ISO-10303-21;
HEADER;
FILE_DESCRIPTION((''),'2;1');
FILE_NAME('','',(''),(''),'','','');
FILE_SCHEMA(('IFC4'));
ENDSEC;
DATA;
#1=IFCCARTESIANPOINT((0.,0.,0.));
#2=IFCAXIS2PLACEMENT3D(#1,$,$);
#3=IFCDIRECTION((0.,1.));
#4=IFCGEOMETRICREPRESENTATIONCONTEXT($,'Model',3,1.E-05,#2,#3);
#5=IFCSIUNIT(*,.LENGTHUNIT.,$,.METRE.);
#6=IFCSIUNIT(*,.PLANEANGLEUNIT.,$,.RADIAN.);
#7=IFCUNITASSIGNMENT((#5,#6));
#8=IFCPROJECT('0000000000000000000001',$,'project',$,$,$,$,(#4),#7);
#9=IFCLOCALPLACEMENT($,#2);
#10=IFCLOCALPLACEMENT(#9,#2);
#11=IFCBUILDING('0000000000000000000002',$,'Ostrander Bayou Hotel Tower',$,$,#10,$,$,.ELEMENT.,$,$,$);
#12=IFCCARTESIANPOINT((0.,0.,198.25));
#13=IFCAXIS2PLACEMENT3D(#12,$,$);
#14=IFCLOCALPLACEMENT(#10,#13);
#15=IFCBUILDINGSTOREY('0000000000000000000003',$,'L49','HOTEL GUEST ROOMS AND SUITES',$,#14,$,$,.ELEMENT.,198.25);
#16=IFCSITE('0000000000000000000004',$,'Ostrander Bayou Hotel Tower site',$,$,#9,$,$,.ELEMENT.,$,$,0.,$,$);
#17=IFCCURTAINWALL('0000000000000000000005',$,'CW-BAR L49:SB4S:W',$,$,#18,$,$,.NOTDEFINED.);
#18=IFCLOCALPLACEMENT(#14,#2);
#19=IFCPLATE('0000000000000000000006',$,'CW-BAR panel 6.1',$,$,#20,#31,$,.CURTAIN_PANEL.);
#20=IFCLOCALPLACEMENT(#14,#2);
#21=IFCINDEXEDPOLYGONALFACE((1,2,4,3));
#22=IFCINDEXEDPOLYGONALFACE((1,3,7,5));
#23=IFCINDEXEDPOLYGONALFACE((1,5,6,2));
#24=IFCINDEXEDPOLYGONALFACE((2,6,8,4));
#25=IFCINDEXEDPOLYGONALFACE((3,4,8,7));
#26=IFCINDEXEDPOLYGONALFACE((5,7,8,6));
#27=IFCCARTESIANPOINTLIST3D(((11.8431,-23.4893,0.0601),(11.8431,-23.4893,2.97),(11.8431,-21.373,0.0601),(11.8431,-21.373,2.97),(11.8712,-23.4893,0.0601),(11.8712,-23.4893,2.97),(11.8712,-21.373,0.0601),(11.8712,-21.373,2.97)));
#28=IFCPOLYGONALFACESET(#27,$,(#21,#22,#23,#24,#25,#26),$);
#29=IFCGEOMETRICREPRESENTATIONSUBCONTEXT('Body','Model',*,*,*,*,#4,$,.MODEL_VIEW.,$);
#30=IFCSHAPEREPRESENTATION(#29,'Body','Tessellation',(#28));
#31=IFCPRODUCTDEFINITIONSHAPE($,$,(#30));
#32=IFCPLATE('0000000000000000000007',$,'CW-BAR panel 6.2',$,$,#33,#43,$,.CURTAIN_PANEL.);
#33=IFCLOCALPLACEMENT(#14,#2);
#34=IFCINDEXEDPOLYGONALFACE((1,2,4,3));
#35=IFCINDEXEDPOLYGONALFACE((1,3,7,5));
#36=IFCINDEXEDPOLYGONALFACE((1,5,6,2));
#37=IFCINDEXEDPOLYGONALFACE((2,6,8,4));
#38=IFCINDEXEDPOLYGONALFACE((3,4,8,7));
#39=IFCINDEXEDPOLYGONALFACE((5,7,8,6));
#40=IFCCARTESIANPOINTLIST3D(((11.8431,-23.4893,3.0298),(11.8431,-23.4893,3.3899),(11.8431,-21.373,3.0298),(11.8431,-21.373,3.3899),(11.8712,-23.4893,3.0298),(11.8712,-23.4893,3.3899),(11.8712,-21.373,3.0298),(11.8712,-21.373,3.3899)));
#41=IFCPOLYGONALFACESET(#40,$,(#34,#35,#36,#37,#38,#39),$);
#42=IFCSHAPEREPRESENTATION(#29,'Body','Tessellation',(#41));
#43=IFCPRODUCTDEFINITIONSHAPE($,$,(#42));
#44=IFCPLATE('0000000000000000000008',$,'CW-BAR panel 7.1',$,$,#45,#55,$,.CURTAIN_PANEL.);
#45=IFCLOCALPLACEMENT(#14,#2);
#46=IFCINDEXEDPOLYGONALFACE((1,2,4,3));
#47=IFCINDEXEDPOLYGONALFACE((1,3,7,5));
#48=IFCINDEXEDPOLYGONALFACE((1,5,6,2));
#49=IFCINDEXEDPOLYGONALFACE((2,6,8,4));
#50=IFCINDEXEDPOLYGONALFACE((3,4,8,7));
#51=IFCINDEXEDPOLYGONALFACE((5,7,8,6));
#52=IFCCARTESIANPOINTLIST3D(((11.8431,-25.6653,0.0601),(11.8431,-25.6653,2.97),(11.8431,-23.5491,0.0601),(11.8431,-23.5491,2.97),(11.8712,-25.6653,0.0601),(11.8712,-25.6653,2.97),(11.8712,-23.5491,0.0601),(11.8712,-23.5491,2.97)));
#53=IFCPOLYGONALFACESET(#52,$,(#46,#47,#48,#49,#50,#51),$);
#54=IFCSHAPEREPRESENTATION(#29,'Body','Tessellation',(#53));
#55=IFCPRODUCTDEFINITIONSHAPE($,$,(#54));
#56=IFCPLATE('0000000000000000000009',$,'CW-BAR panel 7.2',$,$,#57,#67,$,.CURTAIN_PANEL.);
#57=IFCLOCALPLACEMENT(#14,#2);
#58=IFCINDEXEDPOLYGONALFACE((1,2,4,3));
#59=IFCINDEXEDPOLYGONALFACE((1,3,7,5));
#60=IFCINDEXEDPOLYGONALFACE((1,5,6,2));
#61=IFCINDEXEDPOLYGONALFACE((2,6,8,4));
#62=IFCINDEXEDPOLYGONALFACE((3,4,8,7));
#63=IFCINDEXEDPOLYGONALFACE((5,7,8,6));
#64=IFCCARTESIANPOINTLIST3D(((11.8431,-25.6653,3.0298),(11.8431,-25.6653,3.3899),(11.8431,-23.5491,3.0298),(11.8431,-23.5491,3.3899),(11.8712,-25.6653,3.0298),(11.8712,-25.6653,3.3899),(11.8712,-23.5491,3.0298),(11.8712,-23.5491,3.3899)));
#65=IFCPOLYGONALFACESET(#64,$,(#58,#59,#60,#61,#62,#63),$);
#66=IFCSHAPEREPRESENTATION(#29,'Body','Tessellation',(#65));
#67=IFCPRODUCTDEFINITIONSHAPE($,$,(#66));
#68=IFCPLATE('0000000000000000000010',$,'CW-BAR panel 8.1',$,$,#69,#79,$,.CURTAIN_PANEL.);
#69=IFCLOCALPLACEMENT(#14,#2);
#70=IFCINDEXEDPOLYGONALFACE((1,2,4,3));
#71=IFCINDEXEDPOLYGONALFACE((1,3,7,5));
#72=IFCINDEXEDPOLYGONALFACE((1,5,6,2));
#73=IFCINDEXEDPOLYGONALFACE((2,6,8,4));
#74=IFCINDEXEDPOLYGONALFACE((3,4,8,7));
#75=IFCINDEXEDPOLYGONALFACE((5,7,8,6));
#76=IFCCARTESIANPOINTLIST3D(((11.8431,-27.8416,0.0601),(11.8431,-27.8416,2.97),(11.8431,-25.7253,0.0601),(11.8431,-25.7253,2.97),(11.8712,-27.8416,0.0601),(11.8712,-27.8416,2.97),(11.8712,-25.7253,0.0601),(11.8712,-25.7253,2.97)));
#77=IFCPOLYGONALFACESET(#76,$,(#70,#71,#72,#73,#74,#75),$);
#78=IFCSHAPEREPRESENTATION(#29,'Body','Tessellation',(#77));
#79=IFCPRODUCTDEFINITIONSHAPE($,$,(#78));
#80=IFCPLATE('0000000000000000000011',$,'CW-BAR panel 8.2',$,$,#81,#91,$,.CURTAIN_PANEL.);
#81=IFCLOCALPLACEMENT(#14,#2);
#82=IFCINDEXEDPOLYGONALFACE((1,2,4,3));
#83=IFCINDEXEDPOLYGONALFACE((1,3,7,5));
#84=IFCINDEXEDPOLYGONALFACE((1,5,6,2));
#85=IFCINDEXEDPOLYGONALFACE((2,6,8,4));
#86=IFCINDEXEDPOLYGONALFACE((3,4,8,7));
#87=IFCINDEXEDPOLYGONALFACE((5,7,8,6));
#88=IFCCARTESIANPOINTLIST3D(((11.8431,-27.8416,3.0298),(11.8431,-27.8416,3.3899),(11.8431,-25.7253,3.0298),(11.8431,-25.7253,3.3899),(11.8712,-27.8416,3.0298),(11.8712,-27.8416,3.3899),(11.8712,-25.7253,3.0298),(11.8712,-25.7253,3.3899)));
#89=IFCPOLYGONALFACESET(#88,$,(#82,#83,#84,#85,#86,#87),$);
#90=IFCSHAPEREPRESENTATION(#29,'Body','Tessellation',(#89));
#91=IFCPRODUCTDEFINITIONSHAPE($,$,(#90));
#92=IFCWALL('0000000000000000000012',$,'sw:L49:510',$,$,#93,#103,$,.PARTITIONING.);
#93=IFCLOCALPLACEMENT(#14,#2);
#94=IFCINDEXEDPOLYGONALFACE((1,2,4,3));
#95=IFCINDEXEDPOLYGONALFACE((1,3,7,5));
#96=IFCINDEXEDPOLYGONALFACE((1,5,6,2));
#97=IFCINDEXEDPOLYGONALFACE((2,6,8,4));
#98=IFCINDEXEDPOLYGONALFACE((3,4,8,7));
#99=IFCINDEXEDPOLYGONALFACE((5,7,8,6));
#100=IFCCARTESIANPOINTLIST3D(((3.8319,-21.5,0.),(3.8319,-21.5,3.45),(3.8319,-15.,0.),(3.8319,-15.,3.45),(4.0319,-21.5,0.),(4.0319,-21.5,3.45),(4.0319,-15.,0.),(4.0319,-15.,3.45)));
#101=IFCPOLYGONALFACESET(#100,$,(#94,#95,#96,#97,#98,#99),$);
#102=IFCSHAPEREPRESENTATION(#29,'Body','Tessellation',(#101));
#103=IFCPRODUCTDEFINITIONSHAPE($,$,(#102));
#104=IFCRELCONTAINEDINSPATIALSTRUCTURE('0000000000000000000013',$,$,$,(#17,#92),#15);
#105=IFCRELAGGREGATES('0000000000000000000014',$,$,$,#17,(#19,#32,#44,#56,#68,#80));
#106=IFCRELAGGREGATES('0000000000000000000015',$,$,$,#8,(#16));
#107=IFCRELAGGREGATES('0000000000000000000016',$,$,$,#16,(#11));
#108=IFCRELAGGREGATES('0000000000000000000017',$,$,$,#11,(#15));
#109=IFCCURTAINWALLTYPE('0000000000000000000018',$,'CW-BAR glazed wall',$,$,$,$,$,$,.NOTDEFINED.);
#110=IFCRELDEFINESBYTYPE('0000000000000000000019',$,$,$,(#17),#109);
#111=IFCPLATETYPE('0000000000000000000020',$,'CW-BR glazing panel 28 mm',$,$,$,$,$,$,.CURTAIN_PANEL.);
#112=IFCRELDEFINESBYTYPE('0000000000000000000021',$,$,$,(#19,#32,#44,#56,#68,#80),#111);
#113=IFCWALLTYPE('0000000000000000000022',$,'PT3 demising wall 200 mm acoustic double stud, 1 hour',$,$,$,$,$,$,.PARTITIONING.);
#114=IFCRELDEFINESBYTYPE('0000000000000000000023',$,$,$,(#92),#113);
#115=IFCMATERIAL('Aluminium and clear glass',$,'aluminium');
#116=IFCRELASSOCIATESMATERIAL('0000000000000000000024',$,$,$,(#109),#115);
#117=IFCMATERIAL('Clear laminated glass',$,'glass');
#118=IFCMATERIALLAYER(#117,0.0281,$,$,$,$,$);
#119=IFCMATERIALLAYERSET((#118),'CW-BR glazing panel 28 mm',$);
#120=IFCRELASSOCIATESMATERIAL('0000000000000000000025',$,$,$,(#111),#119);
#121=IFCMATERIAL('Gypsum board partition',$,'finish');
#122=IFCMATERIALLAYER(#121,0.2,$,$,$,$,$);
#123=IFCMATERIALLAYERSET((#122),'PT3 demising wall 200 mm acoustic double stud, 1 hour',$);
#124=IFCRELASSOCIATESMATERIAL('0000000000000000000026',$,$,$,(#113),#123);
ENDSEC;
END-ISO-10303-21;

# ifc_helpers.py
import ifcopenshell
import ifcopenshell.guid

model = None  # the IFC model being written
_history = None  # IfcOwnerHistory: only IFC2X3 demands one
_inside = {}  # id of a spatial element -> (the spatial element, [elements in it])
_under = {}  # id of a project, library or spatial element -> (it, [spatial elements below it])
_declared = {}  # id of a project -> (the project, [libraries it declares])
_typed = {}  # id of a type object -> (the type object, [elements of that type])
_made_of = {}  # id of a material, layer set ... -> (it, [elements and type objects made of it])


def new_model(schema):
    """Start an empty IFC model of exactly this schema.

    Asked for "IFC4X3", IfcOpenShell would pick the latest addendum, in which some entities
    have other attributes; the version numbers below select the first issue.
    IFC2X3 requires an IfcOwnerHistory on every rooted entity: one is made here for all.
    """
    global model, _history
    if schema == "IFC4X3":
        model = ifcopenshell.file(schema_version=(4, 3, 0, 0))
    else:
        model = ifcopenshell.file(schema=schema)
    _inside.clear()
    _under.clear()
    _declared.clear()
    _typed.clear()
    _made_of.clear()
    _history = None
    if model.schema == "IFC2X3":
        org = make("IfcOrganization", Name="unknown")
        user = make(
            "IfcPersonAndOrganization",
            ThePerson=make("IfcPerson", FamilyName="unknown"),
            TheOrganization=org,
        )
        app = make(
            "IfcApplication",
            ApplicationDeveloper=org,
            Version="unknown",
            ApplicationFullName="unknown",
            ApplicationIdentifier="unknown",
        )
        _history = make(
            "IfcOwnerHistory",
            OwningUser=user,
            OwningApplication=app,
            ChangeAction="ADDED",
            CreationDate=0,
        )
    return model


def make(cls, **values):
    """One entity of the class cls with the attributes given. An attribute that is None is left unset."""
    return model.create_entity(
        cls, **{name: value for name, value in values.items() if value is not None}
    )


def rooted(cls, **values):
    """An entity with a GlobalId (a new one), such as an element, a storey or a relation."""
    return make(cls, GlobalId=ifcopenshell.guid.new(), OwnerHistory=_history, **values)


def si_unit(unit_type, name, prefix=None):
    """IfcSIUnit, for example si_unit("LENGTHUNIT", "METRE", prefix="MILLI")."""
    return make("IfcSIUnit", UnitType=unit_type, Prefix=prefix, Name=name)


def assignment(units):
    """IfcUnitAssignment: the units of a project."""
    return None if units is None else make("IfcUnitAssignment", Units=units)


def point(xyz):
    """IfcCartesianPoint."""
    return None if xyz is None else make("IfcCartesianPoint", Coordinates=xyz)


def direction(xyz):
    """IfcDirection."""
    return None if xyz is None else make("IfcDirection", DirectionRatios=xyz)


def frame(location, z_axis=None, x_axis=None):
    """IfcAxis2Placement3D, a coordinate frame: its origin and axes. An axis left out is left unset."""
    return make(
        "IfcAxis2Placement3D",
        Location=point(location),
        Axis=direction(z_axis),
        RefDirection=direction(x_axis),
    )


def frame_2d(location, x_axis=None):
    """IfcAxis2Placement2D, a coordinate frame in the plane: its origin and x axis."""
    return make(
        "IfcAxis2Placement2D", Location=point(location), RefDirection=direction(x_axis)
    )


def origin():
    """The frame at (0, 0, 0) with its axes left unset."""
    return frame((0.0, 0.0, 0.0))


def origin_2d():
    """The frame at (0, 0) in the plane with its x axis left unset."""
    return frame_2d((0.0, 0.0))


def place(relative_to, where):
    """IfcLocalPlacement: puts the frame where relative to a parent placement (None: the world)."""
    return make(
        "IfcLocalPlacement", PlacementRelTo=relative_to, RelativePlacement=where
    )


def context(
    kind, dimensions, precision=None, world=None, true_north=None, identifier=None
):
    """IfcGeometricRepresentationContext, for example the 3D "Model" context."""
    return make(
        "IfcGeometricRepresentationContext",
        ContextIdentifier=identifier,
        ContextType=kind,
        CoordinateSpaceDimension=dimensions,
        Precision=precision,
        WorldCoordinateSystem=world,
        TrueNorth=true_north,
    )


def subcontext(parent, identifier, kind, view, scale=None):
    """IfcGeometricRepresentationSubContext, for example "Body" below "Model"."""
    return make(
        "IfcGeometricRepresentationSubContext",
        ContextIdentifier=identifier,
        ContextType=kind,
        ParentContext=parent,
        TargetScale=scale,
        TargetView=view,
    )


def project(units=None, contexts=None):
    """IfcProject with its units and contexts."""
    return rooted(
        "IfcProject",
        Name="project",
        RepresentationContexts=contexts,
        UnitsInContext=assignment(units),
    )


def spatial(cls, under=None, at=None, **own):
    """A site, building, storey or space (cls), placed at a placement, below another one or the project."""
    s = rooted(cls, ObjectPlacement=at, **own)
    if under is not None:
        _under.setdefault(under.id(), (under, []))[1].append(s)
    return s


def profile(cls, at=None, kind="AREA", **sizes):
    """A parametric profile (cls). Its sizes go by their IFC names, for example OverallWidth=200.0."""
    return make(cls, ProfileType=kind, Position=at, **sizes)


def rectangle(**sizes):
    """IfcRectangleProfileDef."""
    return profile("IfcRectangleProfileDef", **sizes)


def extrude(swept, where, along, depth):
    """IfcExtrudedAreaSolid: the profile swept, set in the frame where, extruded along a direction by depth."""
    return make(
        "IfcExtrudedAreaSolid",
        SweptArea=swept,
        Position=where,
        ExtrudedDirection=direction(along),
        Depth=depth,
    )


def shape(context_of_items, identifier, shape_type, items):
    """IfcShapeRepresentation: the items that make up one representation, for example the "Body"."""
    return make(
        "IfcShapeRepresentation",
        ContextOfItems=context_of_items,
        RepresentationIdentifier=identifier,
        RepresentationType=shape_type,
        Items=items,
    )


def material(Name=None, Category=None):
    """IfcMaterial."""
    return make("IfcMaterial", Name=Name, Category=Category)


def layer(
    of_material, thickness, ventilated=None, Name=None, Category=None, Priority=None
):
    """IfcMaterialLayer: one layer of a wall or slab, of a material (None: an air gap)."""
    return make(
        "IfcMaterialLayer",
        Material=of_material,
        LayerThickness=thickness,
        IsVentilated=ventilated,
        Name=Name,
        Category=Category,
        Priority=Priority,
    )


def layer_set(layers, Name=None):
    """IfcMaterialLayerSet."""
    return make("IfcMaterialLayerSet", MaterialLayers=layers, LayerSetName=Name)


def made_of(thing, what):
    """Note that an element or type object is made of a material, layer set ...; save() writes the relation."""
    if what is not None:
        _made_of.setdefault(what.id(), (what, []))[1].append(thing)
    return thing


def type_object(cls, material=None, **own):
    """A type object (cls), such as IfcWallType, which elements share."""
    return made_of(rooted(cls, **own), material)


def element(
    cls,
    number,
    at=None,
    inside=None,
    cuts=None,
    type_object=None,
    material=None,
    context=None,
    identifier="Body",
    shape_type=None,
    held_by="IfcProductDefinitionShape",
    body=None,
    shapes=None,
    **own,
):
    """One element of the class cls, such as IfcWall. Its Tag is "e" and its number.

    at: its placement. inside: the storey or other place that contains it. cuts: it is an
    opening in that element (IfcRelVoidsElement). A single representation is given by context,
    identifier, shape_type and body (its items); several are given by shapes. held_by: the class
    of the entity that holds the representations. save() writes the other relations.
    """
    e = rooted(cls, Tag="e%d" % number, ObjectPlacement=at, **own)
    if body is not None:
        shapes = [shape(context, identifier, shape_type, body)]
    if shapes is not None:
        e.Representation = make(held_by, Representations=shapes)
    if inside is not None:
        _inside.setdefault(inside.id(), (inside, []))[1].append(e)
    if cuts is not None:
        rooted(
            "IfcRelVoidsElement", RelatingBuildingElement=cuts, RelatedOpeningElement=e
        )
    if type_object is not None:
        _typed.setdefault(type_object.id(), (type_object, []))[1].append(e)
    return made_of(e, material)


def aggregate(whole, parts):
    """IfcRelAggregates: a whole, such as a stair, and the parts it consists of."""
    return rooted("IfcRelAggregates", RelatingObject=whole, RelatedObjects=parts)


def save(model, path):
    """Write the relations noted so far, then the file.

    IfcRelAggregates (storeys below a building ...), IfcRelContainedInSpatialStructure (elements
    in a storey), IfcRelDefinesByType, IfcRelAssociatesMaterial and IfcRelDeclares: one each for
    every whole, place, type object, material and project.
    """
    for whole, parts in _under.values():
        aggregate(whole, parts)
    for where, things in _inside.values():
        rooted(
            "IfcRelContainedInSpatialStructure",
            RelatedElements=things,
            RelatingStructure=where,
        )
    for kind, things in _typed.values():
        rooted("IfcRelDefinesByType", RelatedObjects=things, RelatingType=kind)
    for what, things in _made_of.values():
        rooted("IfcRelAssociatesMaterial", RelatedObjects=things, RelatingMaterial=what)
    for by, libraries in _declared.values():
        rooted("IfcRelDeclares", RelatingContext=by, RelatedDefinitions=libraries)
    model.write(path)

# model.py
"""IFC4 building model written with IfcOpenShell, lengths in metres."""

from ifc_helpers import new_model, si_unit, direction, frame, frame_2d, origin, origin_2d, place, context, subcontext, project, spatial, rectangle, extrude, material, layer, layer_set, type_object, element, aggregate, save


model = new_model("IFC4")

# Units and contexts
model_context = context("Model", 3, precision=1e-05, world=origin(), true_north=direction((0.0, 1.0)))
body_context = subcontext(model_context, "Body", "Model", "MODEL_VIEW")
ifc_project = project(units=[si_unit("LENGTHUNIT", "METRE"), si_unit("PLANEANGLEUNIT", "RADIAN")], contexts=[model_context])

# Site, building, storey
site_placement = place(None, origin())
site = spatial("IfcSite", under=ifc_project, at=site_placement, Name="Ostrander Bayou Hotel Tower site", CompositionType="ELEMENT", RefElevation=0.0)
building_placement = place(site_placement, origin())
building = spatial("IfcBuilding", under=site, at=building_placement, Name="Ostrander Bayou Hotel Tower", CompositionType="ELEMENT")
storey_placement = place(building_placement, frame((0.0, 0.0, 198.25)))
storey = spatial("IfcBuildingStorey", under=building, at=storey_placement, Name="L49", Description="HOTEL GUEST ROOMS AND SUITES", CompositionType="ELEMENT", Elevation=198.25)

# Curtain wall
ifc_material_1 = material(Name="Aluminium and clear glass", Category="aluminium")
curtain_wall_type = type_object("IfcCurtainWallType", Name="CW-BAR glazed wall", PredefinedType="NOTDEFINED", material=ifc_material_1)
curtain_wall_placement = place(storey_placement, origin())
curtain_wall = element("IfcCurtainWall", 1, at=curtain_wall_placement, inside=storey, type_object=curtain_wall_type, Name="CW-BAR L49:SB4S:W", PredefinedType="NOTDEFINED")

# Plates
ifc_material_2 = material(Name="Clear laminated glass", Category="glass")
ifc_layer_1 = layer(ifc_material_2, 0.0281)
ifc_layer_set_1 = layer_set([ifc_layer_1], Name="CW-BR glazing panel 28 mm")
plate_type = type_object("IfcPlateType", Name="CW-BR glazing panel 28 mm", PredefinedType="CURTAIN_PANEL", material=ifc_layer_set_1)
plate_1_placement = place(storey_placement, frame((11.8572, -22.4312, 0.0601), z_axis=(0.0, 0.0, 1.0), x_axis=(0.0, -1.0, 0.0)))
plate_1 = element("IfcPlate", 2, at=plate_1_placement, type_object=plate_type, Name="CW-BAR panel 6.1", PredefinedType="CURTAIN_PANEL", context=body_context, shape_type="SweptSolid", body=[
    extrude(rectangle(XDim=2.1162, YDim=0.0281, at=origin_2d()), origin(), (0.0, 0.0, 1.0), 2.9099),
])
plate_2_placement = place(storey_placement, frame((11.8572, -22.4312, 3.0298), z_axis=(0.0, 0.0, 1.0), x_axis=(0.0, -1.0, 0.0)))
plate_2 = element("IfcPlate", 3, at=plate_2_placement, type_object=plate_type, Name="CW-BAR panel 6.2", PredefinedType="CURTAIN_PANEL", context=body_context, shape_type="SweptSolid", body=[
    extrude(rectangle(XDim=2.1162, YDim=0.0281, at=origin_2d()), origin(), (0.0, 0.0, 1.0), 0.3601),
])
plate_3_placement = place(storey_placement, frame((11.8572, -24.6072, 0.0601), z_axis=(0.0, 0.0, 1.0), x_axis=(0.0, -1.0, 0.0)))
plate_3 = element("IfcPlate", 4, at=plate_3_placement, type_object=plate_type, Name="CW-BAR panel 7.1", PredefinedType="CURTAIN_PANEL", context=body_context, shape_type="SweptSolid", body=[
    extrude(rectangle(XDim=2.1162, YDim=0.0281, at=origin_2d()), origin(), (0.0, 0.0, 1.0), 2.9099),
])
plate_4_placement = place(storey_placement, frame((11.8572, -24.6072, 3.0298), z_axis=(0.0, 0.0, 1.0), x_axis=(0.0, -1.0, 0.0)))
plate_4 = element("IfcPlate", 5, at=plate_4_placement, type_object=plate_type, Name="CW-BAR panel 7.2", PredefinedType="CURTAIN_PANEL", context=body_context, shape_type="SweptSolid", body=[
    extrude(rectangle(XDim=2.1162, YDim=0.0281, at=origin_2d()), origin(), (0.0, 0.0, 1.0), 0.3601),
])
plate_5_placement = place(storey_placement, frame((11.8572, -26.7834, 0.0601), z_axis=(0.0, 0.0, 1.0), x_axis=(0.0, -1.0, 0.0)))
plate_5 = element("IfcPlate", 6, at=plate_5_placement, type_object=plate_type, Name="CW-BAR panel 8.1", PredefinedType="CURTAIN_PANEL", context=body_context, shape_type="SweptSolid", body=[
    extrude(rectangle(XDim=2.1162, YDim=0.0281, at=origin_2d()), origin(), (0.0, 0.0, 1.0), 2.9099),
])
plate_6_placement = place(storey_placement, frame((11.8572, -26.7834, 3.0298), z_axis=(0.0, 0.0, 1.0), x_axis=(0.0, -1.0, 0.0)))
plate_6 = element("IfcPlate", 7, at=plate_6_placement, type_object=plate_type, Name="CW-BAR panel 8.2", PredefinedType="CURTAIN_PANEL", context=body_context, shape_type="SweptSolid", body=[
    extrude(rectangle(XDim=2.1162, YDim=0.0281, at=origin_2d()), origin(), (0.0, 0.0, 1.0), 0.3601),
])
aggregate(curtain_wall, [plate_1, plate_2, plate_3, plate_4, plate_5, plate_6])

# Wall
ifc_material_3 = material(Name="Gypsum board partition", Category="finish")
ifc_layer_2 = layer(ifc_material_3, 0.2)
ifc_layer_set_2 = layer_set([ifc_layer_2], Name="PT3 demising wall 200 mm acoustic double stud, 1 hour")
wall_type = type_object("IfcWallType", Name="PT3 demising wall 200 mm acoustic double stud, 1 hour", PredefinedType="PARTITIONING", material=ifc_layer_set_2)
wall_placement = place(storey_placement, frame((3.9319, -21.5, 0.0), z_axis=(0.0, 0.0, 1.0), x_axis=(0.0, 1.0, 0.0)))
element("IfcWall", 8, at=wall_placement, inside=storey, type_object=wall_type, Name="sw:L49:510", PredefinedType="PARTITIONING", context=body_context, shape_type="SweptSolid", body=[
    extrude(rectangle(XDim=6.5, YDim=0.2, at=frame_2d((3.25, 0.0))), origin(), (0.0, 0.0, 1.0), 3.45),
])

save(model, "model.ifc")
